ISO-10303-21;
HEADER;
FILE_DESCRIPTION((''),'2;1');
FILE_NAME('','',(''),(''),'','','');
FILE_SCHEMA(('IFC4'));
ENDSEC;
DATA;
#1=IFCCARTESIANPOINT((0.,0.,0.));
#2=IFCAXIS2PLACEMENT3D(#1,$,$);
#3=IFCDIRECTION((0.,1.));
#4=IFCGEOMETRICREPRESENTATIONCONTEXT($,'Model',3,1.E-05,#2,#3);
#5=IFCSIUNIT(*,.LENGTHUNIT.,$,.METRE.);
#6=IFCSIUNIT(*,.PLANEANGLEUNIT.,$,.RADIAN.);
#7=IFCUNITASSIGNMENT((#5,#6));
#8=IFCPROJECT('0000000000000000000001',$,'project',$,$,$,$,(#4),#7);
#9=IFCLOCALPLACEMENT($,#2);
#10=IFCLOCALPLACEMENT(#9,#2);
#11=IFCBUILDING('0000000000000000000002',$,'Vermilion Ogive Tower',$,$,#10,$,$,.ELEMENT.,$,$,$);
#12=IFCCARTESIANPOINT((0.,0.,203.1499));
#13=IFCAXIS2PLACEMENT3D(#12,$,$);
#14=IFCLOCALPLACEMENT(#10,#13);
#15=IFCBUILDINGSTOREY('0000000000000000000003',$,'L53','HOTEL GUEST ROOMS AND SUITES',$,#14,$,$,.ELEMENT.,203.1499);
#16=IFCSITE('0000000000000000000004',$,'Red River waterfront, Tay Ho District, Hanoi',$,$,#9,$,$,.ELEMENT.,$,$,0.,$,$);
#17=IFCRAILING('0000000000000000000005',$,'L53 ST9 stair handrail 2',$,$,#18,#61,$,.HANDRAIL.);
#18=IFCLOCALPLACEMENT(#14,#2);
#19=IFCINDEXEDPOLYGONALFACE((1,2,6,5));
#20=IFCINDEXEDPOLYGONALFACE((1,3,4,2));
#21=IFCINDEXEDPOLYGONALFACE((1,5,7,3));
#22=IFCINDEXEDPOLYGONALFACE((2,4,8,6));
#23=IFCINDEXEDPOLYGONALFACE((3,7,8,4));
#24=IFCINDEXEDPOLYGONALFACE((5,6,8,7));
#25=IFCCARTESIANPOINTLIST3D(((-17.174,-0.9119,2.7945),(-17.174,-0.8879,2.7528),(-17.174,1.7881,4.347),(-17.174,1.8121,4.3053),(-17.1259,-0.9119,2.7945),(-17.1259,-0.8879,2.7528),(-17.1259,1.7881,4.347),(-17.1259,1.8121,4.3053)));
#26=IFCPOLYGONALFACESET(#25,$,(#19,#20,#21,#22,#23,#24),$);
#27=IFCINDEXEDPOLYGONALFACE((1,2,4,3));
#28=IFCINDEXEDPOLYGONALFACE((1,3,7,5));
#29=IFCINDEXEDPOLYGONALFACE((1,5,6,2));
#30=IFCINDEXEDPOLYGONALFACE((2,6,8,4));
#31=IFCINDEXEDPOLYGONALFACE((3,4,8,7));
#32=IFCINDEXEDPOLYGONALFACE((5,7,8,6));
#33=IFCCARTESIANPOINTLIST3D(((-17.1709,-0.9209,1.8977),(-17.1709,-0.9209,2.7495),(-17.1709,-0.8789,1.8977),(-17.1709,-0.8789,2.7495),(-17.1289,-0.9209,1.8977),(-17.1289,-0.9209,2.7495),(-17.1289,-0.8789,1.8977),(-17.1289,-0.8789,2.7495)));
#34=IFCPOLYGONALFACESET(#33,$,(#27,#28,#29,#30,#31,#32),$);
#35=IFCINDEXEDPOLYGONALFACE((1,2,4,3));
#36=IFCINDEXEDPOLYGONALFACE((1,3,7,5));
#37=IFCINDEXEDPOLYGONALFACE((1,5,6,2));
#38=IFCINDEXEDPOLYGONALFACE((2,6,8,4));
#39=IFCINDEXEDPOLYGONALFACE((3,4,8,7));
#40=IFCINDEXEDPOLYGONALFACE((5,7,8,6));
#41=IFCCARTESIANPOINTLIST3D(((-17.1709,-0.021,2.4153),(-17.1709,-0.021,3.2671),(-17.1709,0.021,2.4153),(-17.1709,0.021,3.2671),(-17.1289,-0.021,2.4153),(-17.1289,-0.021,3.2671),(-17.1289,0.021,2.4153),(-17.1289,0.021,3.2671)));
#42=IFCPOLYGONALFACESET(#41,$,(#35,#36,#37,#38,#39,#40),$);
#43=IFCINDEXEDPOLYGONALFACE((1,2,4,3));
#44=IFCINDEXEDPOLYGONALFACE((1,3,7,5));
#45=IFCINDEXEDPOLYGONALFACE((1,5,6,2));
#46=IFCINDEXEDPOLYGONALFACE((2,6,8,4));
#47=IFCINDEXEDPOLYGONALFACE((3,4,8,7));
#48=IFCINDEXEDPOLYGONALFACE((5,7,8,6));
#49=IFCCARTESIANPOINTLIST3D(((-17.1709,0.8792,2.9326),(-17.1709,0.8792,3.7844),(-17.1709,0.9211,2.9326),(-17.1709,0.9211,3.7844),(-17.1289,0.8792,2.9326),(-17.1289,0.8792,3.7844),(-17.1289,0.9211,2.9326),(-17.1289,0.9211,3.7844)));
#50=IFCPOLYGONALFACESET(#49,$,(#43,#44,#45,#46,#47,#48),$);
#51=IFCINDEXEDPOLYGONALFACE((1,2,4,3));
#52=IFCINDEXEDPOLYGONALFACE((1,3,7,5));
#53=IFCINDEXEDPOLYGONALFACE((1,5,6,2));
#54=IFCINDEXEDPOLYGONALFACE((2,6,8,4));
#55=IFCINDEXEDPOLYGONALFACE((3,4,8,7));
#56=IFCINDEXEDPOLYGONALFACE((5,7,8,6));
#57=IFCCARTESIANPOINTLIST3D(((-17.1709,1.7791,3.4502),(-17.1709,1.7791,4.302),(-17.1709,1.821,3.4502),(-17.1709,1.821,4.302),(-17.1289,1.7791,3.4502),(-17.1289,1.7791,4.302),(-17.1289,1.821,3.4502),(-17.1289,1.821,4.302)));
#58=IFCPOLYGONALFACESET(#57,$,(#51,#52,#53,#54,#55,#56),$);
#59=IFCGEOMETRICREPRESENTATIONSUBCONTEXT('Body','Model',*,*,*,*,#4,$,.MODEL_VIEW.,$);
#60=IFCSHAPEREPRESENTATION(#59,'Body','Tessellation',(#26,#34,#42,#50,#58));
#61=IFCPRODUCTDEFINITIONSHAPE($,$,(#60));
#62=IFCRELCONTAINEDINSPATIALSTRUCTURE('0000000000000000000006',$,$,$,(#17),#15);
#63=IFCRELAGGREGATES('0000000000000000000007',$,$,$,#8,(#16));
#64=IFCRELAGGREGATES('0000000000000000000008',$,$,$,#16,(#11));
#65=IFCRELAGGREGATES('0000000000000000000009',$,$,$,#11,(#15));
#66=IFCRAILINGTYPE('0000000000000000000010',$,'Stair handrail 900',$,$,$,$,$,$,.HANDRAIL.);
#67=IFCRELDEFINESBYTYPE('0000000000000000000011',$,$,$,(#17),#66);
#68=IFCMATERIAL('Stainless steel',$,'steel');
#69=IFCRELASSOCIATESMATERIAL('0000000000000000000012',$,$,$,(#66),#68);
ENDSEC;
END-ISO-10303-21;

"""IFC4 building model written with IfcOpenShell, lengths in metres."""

from ifc_helpers import new_model, si_unit, direction, frame, origin, origin_2d, place, context, subcontext, project, spatial, rectangle, extrude, material, type_object, element, save


model = new_model("IFC4")

# Units and contexts
model_context = context("Model", 3, precision=1e-05, world=origin(), true_north=direction((0.0, 1.0)))
body_context = subcontext(model_context, "Body", "Model", "MODEL_VIEW")
ifc_project = project(units=[si_unit("LENGTHUNIT", "METRE"), si_unit("PLANEANGLEUNIT", "RADIAN")], contexts=[model_context])

# Site, building, storey
site_placement = place(None, origin())
site = spatial("IfcSite", under=ifc_project, at=site_placement, Name="Red River waterfront, Tay Ho District, Hanoi", CompositionType="ELEMENT", RefElevation=0.0)
building_placement = place(site_placement, origin())
building = spatial("IfcBuilding", under=site, at=building_placement, Name="Vermilion Ogive Tower", CompositionType="ELEMENT")
storey_placement = place(building_placement, frame((0.0, 0.0, 203.1499)))
storey = spatial("IfcBuildingStorey", under=building, at=storey_placement, Name="L53", Description="HOTEL GUEST ROOMS AND SUITES", CompositionType="ELEMENT", Elevation=203.1499)

# Railing
ifc_material_1 = material(Name="Stainless steel", Category="steel")
railing_type = type_object("IfcRailingType", Name="Stair handrail 900", PredefinedType="HANDRAIL", material=ifc_material_1)
railing_placement = place(storey_placement, frame((-17.1499, -0.8999, 1.8977)))
element("IfcRailing", 1, at=railing_placement, inside=storey, type_object=railing_type, Name="L53 ST9 stair handrail 2", PredefinedType="HANDRAIL", context=body_context, shape_type="SweptSolid", body=[
    extrude(rectangle(XDim=0.0481, YDim=0.0481, at=origin_2d()), frame((0.0, 0.0, 0.876), z_axis=(0.0, 0.866904, 0.498476), x_axis=(-1.0, 0.0, 0.0)), (0.0, 0.0, 1.0), 3.1145),
    extrude(rectangle(XDim=0.042, YDim=0.042, at=origin_2d()), origin(), (0.0, 0.0, 1.0), 0.8518),
    extrude(rectangle(XDim=0.042, YDim=0.042, at=origin_2d()), frame((0.0, 0.8999, 0.5176)), (0.0, 0.0, 1.0), 0.8518),
    extrude(rectangle(XDim=0.042, YDim=0.042, at=origin_2d()), frame((0.0, 1.8, 1.0349)), (0.0, 0.0, 1.0), 0.8518),
    extrude(rectangle(XDim=0.042, YDim=0.042, at=origin_2d()), frame((0.0, 2.7, 1.5525)), (0.0, 0.0, 1.0), 0.8518),
])

save(model, "model.ifc")
